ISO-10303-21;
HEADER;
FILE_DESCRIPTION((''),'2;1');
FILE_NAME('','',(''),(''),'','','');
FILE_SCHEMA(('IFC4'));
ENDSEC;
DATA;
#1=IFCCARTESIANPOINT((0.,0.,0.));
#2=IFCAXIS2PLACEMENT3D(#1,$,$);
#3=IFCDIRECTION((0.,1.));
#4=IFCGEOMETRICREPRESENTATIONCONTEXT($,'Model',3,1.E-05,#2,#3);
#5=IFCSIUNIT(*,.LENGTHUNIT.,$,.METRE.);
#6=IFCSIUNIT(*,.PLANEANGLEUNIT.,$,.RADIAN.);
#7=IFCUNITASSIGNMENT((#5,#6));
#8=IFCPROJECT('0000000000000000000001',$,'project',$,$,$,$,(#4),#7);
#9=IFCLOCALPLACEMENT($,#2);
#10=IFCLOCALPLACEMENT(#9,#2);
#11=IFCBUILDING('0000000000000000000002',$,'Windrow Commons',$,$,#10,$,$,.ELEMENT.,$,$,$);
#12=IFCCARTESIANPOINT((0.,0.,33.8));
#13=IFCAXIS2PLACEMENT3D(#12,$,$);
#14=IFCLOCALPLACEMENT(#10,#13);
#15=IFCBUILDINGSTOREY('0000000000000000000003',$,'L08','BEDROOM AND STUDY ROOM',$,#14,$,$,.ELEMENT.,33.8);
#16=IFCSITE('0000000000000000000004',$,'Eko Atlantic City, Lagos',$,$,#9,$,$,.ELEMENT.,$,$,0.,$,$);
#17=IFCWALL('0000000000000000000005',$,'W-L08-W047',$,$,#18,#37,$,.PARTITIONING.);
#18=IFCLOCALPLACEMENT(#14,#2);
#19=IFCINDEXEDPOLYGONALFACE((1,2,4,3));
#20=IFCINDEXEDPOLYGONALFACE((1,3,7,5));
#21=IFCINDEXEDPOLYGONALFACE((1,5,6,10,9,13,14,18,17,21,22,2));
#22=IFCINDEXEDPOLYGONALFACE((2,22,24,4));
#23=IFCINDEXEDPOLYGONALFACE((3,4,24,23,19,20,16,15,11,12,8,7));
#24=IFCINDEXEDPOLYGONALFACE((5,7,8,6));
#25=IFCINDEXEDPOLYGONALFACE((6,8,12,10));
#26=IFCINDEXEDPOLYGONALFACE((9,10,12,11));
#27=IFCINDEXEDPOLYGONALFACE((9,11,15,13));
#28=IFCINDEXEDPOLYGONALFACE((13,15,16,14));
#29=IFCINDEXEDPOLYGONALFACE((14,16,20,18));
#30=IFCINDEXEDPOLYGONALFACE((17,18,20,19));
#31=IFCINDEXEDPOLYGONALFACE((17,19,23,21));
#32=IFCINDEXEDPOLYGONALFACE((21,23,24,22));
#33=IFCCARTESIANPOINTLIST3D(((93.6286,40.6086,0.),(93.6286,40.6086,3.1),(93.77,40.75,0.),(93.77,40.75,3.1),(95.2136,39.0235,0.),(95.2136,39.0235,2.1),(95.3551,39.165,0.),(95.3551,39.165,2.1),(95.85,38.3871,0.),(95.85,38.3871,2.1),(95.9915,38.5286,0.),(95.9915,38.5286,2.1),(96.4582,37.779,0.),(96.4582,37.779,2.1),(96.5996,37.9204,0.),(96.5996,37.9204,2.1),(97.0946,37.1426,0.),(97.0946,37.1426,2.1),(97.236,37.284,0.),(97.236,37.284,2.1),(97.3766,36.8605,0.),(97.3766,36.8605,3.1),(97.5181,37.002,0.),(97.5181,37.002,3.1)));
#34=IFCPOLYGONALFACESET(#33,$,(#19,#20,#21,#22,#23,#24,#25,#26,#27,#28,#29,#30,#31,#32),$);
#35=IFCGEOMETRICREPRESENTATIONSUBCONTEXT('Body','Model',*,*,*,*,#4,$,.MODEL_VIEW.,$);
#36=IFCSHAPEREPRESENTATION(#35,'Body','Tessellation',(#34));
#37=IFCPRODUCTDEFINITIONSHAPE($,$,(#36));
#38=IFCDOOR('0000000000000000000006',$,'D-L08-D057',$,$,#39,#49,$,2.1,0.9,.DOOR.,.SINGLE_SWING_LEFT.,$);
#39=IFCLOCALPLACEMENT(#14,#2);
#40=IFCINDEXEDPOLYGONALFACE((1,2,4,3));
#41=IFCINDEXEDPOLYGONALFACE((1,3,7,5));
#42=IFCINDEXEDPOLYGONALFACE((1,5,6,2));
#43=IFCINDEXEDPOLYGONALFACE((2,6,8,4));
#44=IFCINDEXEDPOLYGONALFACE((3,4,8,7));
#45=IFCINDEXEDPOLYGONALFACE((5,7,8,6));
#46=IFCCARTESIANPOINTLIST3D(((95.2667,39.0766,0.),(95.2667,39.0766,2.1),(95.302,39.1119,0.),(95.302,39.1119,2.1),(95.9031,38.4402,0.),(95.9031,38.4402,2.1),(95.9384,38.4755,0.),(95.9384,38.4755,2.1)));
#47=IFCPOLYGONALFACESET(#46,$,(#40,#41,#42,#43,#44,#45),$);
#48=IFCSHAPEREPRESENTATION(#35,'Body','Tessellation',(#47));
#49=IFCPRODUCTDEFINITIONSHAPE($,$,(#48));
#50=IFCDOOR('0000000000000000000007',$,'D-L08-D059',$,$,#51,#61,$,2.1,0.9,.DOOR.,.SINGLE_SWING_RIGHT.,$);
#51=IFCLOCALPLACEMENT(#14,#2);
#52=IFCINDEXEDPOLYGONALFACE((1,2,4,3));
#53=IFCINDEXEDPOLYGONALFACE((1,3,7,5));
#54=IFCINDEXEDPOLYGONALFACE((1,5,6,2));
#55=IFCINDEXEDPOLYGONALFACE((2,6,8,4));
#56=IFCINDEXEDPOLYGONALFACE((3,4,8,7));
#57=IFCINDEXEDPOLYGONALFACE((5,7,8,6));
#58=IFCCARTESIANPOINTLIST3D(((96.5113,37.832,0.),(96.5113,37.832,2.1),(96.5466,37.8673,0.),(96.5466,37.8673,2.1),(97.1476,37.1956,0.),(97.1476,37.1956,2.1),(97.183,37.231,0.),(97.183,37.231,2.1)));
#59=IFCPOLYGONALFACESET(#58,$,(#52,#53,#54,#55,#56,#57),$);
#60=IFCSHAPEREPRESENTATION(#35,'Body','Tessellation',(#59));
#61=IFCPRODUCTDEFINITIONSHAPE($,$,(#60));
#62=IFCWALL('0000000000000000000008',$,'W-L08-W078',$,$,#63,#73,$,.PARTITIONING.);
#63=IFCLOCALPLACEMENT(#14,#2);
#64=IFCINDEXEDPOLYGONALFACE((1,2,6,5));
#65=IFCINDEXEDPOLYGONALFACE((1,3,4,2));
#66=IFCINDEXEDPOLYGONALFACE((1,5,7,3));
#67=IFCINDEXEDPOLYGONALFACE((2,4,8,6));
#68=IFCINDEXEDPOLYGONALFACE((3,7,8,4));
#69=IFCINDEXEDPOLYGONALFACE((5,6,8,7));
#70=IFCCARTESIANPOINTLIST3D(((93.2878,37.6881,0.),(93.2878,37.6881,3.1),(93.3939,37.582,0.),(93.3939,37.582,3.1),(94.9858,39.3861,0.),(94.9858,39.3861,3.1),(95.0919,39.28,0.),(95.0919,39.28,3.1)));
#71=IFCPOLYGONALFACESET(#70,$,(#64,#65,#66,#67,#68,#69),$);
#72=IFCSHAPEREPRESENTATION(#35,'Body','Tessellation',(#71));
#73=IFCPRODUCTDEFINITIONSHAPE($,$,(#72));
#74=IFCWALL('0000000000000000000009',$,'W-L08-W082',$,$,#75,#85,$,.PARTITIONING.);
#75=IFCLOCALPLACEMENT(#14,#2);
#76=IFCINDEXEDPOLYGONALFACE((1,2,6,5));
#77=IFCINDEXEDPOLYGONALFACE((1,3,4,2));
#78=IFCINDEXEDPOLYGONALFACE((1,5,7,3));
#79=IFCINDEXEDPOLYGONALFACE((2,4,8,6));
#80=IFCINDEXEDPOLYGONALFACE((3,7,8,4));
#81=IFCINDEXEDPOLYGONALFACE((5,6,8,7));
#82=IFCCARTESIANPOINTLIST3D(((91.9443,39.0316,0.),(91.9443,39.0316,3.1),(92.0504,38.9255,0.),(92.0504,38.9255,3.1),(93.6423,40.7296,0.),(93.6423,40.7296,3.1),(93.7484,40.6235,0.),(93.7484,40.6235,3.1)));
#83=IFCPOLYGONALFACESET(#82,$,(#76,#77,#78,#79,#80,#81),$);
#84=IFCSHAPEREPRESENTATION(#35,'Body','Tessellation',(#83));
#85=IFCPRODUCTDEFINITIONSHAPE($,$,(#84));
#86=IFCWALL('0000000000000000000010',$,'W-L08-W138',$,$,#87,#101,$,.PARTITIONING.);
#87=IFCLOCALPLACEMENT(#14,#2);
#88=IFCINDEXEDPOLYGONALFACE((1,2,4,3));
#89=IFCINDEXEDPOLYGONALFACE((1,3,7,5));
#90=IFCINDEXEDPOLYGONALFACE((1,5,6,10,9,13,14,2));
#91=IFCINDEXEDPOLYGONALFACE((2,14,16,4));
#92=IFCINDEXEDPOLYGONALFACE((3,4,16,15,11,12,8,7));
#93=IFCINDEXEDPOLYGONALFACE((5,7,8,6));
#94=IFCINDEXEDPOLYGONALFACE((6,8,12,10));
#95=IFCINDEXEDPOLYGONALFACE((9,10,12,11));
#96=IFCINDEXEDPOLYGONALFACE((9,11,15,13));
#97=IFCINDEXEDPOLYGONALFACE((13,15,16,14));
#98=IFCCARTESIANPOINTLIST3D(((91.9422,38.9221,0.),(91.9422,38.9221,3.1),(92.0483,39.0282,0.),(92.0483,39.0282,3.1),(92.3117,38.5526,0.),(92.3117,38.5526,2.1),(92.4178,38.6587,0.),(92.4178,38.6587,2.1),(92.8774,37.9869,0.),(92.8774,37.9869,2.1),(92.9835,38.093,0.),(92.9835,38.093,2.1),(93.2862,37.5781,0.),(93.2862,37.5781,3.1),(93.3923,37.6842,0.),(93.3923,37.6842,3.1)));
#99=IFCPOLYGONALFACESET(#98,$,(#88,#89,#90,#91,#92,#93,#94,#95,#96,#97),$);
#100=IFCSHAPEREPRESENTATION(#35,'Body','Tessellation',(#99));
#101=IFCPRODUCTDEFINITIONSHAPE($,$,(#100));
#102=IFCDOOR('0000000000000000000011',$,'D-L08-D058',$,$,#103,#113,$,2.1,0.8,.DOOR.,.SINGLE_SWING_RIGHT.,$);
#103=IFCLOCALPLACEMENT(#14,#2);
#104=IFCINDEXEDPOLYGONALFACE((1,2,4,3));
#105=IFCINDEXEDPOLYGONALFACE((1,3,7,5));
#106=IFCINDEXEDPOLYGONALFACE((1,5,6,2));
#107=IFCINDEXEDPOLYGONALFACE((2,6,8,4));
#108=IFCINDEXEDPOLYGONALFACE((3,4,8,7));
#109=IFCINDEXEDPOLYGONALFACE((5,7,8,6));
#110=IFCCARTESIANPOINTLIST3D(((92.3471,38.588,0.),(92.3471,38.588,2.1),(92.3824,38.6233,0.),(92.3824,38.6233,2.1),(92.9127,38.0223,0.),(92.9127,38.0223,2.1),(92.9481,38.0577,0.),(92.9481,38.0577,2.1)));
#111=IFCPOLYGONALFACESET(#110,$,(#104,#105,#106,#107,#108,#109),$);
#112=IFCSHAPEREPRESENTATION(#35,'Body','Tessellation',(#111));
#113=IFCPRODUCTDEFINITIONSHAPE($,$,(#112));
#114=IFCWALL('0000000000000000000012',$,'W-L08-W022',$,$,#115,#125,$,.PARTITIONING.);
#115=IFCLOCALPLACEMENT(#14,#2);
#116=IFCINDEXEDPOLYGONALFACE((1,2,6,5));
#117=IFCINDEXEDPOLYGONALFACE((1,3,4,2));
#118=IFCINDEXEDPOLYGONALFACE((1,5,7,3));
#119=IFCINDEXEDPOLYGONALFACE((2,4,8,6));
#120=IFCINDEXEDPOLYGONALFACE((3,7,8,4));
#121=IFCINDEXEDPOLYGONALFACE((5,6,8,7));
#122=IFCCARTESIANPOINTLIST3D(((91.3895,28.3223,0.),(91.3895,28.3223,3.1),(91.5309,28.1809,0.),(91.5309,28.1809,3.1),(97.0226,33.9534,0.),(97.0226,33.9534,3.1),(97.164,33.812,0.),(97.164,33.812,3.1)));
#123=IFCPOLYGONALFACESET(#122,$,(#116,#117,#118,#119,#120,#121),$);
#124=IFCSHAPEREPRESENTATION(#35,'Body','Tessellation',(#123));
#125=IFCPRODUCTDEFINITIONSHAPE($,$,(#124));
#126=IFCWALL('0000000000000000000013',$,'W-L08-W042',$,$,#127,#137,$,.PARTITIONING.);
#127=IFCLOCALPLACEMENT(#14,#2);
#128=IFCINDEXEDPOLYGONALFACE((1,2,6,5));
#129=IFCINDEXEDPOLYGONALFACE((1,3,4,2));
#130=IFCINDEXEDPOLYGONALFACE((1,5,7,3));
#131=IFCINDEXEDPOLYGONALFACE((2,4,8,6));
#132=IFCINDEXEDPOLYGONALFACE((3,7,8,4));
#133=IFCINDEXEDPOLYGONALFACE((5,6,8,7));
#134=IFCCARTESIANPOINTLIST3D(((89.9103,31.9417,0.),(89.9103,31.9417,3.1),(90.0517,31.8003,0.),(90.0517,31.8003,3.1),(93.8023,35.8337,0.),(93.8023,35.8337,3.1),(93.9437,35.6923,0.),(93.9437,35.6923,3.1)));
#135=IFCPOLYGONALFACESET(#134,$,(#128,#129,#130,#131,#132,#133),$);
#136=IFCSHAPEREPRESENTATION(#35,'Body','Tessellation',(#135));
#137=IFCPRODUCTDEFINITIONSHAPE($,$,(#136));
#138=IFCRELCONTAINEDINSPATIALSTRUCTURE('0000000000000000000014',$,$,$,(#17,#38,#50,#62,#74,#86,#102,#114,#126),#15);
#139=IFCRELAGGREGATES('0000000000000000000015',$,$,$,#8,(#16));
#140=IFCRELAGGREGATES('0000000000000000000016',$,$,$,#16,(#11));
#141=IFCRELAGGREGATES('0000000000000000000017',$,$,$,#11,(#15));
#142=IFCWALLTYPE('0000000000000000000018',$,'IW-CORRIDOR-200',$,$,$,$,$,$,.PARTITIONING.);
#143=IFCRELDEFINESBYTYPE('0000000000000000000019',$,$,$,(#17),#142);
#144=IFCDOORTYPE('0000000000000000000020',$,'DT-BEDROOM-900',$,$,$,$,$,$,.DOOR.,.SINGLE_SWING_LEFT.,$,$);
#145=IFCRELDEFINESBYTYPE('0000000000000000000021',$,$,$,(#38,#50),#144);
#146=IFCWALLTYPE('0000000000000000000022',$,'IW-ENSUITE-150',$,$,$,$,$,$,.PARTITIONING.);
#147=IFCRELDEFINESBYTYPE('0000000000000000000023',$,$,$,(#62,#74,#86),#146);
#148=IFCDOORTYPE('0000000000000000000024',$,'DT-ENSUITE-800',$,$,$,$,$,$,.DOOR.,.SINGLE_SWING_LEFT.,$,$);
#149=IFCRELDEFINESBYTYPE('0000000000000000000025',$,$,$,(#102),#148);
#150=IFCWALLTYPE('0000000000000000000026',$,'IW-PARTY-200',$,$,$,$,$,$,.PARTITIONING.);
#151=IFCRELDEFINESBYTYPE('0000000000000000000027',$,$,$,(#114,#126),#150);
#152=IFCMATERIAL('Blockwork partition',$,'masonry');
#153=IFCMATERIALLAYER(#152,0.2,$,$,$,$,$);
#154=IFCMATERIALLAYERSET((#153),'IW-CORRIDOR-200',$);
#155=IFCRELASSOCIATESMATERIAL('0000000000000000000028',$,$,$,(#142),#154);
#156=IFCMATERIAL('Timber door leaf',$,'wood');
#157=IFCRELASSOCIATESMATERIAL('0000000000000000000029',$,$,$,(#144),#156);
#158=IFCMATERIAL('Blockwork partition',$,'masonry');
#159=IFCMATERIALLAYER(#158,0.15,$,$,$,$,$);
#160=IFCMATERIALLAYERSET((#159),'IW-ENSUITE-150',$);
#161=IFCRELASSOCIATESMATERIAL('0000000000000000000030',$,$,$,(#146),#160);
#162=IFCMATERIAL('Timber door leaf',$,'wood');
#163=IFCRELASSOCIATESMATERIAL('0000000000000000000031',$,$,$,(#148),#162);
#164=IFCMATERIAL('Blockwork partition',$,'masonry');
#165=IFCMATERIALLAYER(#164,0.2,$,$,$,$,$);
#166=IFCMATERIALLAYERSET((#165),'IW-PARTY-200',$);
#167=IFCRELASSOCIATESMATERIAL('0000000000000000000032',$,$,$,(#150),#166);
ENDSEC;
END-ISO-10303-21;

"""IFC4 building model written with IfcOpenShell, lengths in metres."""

from ifc_helpers import new_model, si_unit, direction, frame, frame_2d, origin, place, context, subcontext, project, spatial, rectangle, extrude, material, layer, layer_set, type_object, element, fill, save


model = new_model("IFC4")

# Units and contexts
model_context = context("Model", 3, precision=1e-05, world=origin(), true_north=direction((0.0, 1.0)))
body_context = subcontext(model_context, "Body", "Model", "MODEL_VIEW")
ifc_project = project(units=[si_unit("LENGTHUNIT", "METRE"), si_unit("PLANEANGLEUNIT", "RADIAN")], contexts=[model_context])

# Site, building, storey
site_placement = place(None, origin())
site = spatial("IfcSite", under=ifc_project, at=site_placement, Name="Eko Atlantic City, Lagos", CompositionType="ELEMENT", RefElevation=0.0)
building_placement = place(site_placement, origin())
building = spatial("IfcBuilding", under=site, at=building_placement, Name="Windrow Commons", CompositionType="ELEMENT")
storey_placement = place(building_placement, frame((0.0, 0.0, 33.8)))
storey = spatial("IfcBuildingStorey", under=building, at=storey_placement, Name="L08", Description="BEDROOM AND STUDY ROOM", CompositionType="ELEMENT", Elevation=33.8)

# Wall, openings, doors
ifc_material_1 = material(Name="Blockwork partition", Category="masonry")
ifc_layer_1 = layer(ifc_material_1, 0.2)
ifc_layer_set_1 = layer_set([ifc_layer_1], Name="IW-CORRIDOR-200")
wall_type_1 = type_object("IfcWallType", Name="IW-CORRIDOR-200", PredefinedType="PARTITIONING", material=ifc_layer_set_1)
wall_1_placement = place(storey_placement, frame((93.6993, 40.6793, 0.0), z_axis=(0.0, 0.0, 1.0), x_axis=(0.707107, -0.707107, 0.0)))
wall_1 = element("IfcWall", 1, at=wall_1_placement, inside=storey, type_object=wall_type_1, Name="W-L08-W047", PredefinedType="PARTITIONING", context=body_context, shape_type="SweptSolid", body=[
    extrude(rectangle(XDim=5.3005, YDim=0.2, at=frame_2d((2.6503, 0.0))), origin(), (0.0, 0.0, 1.0), 3.1),
])
opening_1_placement = place(wall_1_placement, frame((2.2416, 0.0, 0.0)))
opening_1 = element("IfcOpeningElement", 2, at=opening_1_placement, cuts=wall_1, PredefinedType="OPENING", context=body_context, shape_type="SweptSolid", body=[
    extrude(rectangle(XDim=0.9, YDim=2.1, at=frame_2d((0.45, 1.05))), frame((0.0, 0.11, 0.0), z_axis=(0.0, -1.0, 0.0), x_axis=(1.0, 0.0, 0.0)), (0.0, 0.0, 1.0), 0.22),
])
opening_2_placement = place(wall_1_placement, frame((4.0017, 0.0, 0.0)))
opening_2 = element("IfcOpeningElement", 3, at=opening_2_placement, cuts=wall_1, PredefinedType="OPENING", context=body_context, shape_type="SweptSolid", body=[
    extrude(rectangle(XDim=0.9, YDim=2.1, at=frame_2d((0.45, 1.05))), frame((0.0, 0.11, 0.0), z_axis=(0.0, -1.0, 0.0), x_axis=(1.0, 0.0, 0.0)), (0.0, 0.0, 1.0), 0.22),
])
ifc_material_2 = material(Name="Timber door leaf", Category="wood")
door_type_1 = type_object("IfcDoorType", Name="DT-BEDROOM-900", OperationType="SINGLE_SWING_LEFT", PredefinedType="DOOR", material=ifc_material_2)
door_1_placement = place(opening_1_placement, origin())
door_1 = element("IfcDoor", 4, at=door_1_placement, inside=storey, type_object=door_type_1, Name="D-L08-D057", OperationType="SINGLE_SWING_LEFT", OverallHeight=2.1, OverallWidth=0.9, PredefinedType="DOOR", context=body_context, shape_type="SweptSolid", body=[
    extrude(rectangle(XDim=0.9, YDim=2.1, at=frame_2d((0.45, 1.05))), frame((0.0, 0.025, 0.0), z_axis=(0.0, -1.0, 0.0), x_axis=(1.0, 0.0, 0.0)), (0.0, 0.0, 1.0), 0.05),
])
fill(opening_1, door_1)
door_2_placement = place(opening_2_placement, origin())
door_2 = element("IfcDoor", 5, at=door_2_placement, inside=storey, type_object=door_type_1, Name="D-L08-D059", OperationType="SINGLE_SWING_RIGHT", OverallHeight=2.1, OverallWidth=0.9, PredefinedType="DOOR", context=body_context, shape_type="SweptSolid", body=[
    extrude(rectangle(XDim=0.9, YDim=2.1, at=frame_2d((0.45, 1.05))), frame((0.0, 0.025, 0.0), z_axis=(0.0, -1.0, 0.0), x_axis=(1.0, 0.0, 0.0)), (0.0, 0.0, 1.0), 0.05),
])
fill(opening_2, door_2)

# Walls
ifc_material_3 = material(Name="Blockwork partition", Category="masonry")
ifc_layer_2 = layer(ifc_material_3, 0.15)
ifc_layer_set_2 = layer_set([ifc_layer_2], Name="IW-ENSUITE-150")
wall_type_2 = type_object("IfcWallType", Name="IW-ENSUITE-150", PredefinedType="PARTITIONING", material=ifc_layer_set_2)
for number, where, z_axis, x_axis, name in (
    (6, (93.3409, 37.6351, 0.0), (0.0, 0.0, 1.0), (0.707107, 0.707107, 0.0), "W-L08-W078"),
    (7, (91.9974, 38.9786, 0.0), (0.0, 0.0, 1.0), (0.707107, 0.707107, 0.0), "W-L08-W082"),
):
    element("IfcWall", number, at=place(storey_placement, frame(where, z_axis=z_axis, x_axis=x_axis)), inside=storey, type_object=wall_type_2, Name=name, PredefinedType="PARTITIONING", context=body_context, shape_type="SweptSolid", body=[
        extrude(rectangle(XDim=2.4013, YDim=0.15, at=frame_2d((1.2006, 0.0))), origin(), (0.0, 0.0, 1.0), 3.1),
    ])

# Wall, opening, door
wall_2_placement = place(storey_placement, frame((91.9952, 38.9752, 0.0), z_axis=(0.0, 0.0, 1.0), x_axis=(0.707107, -0.707107, 0.0)))
wall_2 = element("IfcWall", 8, at=wall_2_placement, inside=storey, type_object=wall_type_2, Name="W-L08-W138", PredefinedType="PARTITIONING", context=body_context, shape_type="SweptSolid", body=[
    extrude(rectangle(XDim=1.9007, YDim=0.15, at=frame_2d((0.9504, 0.0))), origin(), (0.0, 0.0, 1.0), 3.1),
])
opening_3_placement = place(wall_2_placement, frame((0.5226, 0.0, 0.0)))
opening_3 = element("IfcOpeningElement", 9, at=opening_3_placement, cuts=wall_2, PredefinedType="OPENING", context=body_context, shape_type="SweptSolid", body=[
    extrude(rectangle(XDim=0.8, YDim=2.1, at=frame_2d((0.4, 1.05))), frame((0.0, 0.085, 0.0), z_axis=(0.0, -1.0, 0.0), x_axis=(1.0, 0.0, 0.0)), (0.0, 0.0, 1.0), 0.17),
])
ifc_material_4 = material(Name="Timber door leaf", Category="wood")
door_type_2 = type_object("IfcDoorType", Name="DT-ENSUITE-800", OperationType="SINGLE_SWING_LEFT", PredefinedType="DOOR", material=ifc_material_4)
door_3_placement = place(opening_3_placement, origin())
door_3 = element("IfcDoor", 10, at=door_3_placement, inside=storey, type_object=door_type_2, Name="D-L08-D058", OperationType="SINGLE_SWING_RIGHT", OverallHeight=2.1, OverallWidth=0.8, PredefinedType="DOOR", context=body_context, shape_type="SweptSolid", body=[
    extrude(rectangle(XDim=0.8, YDim=2.1, at=frame_2d((0.4, 1.05))), frame((0.0, 0.025, 0.0), z_axis=(0.0, -1.0, 0.0), x_axis=(1.0, 0.0, 0.0)), (0.0, 0.0, 1.0), 0.05),
])
fill(opening_3, door_3)

# Walls
ifc_material_5 = material(Name="Blockwork partition", Category="masonry")
ifc_layer_3 = layer(ifc_material_5, 0.2)
ifc_layer_set_3 = layer_set([ifc_layer_3], Name="IW-PARTY-200")
wall_type_3 = type_object("IfcWallType", Name="IW-PARTY-200", PredefinedType="PARTITIONING", material=ifc_layer_set_3)
wall_3_placement = place(storey_placement, frame((91.4602, 28.2516, 0.0), z_axis=(0.0, 0.0, 1.0), x_axis=(0.707232, 0.706981, 0.0)))
element("IfcWall", 11, at=wall_3_placement, inside=storey, type_object=wall_type_3, Name="W-L08-W022", PredefinedType="PARTITIONING", context=body_context, shape_type="SweptSolid", body=[
    extrude(rectangle(XDim=7.965, YDim=0.2, at=frame_2d((3.9825, 0.0))), origin(), (0.0, 0.0, 1.0), 3.1),
])
wall_4_placement = place(storey_placement, frame((89.981, 31.871, 0.0), z_axis=(0.0, 0.0, 1.0), x_axis=(0.707107, 0.707107, 0.0)))
element("IfcWall", 12, at=wall_4_placement, inside=storey, type_object=wall_type_3, Name="W-L08-W042", PredefinedType="PARTITIONING", context=body_context, shape_type="SweptSolid", body=[
    extrude(rectangle(XDim=5.5041, YDim=0.2, at=frame_2d((2.7521, 0.0))), origin(), (0.0, 0.0, 1.0), 3.1),
])

save(model, "model.ifc")
